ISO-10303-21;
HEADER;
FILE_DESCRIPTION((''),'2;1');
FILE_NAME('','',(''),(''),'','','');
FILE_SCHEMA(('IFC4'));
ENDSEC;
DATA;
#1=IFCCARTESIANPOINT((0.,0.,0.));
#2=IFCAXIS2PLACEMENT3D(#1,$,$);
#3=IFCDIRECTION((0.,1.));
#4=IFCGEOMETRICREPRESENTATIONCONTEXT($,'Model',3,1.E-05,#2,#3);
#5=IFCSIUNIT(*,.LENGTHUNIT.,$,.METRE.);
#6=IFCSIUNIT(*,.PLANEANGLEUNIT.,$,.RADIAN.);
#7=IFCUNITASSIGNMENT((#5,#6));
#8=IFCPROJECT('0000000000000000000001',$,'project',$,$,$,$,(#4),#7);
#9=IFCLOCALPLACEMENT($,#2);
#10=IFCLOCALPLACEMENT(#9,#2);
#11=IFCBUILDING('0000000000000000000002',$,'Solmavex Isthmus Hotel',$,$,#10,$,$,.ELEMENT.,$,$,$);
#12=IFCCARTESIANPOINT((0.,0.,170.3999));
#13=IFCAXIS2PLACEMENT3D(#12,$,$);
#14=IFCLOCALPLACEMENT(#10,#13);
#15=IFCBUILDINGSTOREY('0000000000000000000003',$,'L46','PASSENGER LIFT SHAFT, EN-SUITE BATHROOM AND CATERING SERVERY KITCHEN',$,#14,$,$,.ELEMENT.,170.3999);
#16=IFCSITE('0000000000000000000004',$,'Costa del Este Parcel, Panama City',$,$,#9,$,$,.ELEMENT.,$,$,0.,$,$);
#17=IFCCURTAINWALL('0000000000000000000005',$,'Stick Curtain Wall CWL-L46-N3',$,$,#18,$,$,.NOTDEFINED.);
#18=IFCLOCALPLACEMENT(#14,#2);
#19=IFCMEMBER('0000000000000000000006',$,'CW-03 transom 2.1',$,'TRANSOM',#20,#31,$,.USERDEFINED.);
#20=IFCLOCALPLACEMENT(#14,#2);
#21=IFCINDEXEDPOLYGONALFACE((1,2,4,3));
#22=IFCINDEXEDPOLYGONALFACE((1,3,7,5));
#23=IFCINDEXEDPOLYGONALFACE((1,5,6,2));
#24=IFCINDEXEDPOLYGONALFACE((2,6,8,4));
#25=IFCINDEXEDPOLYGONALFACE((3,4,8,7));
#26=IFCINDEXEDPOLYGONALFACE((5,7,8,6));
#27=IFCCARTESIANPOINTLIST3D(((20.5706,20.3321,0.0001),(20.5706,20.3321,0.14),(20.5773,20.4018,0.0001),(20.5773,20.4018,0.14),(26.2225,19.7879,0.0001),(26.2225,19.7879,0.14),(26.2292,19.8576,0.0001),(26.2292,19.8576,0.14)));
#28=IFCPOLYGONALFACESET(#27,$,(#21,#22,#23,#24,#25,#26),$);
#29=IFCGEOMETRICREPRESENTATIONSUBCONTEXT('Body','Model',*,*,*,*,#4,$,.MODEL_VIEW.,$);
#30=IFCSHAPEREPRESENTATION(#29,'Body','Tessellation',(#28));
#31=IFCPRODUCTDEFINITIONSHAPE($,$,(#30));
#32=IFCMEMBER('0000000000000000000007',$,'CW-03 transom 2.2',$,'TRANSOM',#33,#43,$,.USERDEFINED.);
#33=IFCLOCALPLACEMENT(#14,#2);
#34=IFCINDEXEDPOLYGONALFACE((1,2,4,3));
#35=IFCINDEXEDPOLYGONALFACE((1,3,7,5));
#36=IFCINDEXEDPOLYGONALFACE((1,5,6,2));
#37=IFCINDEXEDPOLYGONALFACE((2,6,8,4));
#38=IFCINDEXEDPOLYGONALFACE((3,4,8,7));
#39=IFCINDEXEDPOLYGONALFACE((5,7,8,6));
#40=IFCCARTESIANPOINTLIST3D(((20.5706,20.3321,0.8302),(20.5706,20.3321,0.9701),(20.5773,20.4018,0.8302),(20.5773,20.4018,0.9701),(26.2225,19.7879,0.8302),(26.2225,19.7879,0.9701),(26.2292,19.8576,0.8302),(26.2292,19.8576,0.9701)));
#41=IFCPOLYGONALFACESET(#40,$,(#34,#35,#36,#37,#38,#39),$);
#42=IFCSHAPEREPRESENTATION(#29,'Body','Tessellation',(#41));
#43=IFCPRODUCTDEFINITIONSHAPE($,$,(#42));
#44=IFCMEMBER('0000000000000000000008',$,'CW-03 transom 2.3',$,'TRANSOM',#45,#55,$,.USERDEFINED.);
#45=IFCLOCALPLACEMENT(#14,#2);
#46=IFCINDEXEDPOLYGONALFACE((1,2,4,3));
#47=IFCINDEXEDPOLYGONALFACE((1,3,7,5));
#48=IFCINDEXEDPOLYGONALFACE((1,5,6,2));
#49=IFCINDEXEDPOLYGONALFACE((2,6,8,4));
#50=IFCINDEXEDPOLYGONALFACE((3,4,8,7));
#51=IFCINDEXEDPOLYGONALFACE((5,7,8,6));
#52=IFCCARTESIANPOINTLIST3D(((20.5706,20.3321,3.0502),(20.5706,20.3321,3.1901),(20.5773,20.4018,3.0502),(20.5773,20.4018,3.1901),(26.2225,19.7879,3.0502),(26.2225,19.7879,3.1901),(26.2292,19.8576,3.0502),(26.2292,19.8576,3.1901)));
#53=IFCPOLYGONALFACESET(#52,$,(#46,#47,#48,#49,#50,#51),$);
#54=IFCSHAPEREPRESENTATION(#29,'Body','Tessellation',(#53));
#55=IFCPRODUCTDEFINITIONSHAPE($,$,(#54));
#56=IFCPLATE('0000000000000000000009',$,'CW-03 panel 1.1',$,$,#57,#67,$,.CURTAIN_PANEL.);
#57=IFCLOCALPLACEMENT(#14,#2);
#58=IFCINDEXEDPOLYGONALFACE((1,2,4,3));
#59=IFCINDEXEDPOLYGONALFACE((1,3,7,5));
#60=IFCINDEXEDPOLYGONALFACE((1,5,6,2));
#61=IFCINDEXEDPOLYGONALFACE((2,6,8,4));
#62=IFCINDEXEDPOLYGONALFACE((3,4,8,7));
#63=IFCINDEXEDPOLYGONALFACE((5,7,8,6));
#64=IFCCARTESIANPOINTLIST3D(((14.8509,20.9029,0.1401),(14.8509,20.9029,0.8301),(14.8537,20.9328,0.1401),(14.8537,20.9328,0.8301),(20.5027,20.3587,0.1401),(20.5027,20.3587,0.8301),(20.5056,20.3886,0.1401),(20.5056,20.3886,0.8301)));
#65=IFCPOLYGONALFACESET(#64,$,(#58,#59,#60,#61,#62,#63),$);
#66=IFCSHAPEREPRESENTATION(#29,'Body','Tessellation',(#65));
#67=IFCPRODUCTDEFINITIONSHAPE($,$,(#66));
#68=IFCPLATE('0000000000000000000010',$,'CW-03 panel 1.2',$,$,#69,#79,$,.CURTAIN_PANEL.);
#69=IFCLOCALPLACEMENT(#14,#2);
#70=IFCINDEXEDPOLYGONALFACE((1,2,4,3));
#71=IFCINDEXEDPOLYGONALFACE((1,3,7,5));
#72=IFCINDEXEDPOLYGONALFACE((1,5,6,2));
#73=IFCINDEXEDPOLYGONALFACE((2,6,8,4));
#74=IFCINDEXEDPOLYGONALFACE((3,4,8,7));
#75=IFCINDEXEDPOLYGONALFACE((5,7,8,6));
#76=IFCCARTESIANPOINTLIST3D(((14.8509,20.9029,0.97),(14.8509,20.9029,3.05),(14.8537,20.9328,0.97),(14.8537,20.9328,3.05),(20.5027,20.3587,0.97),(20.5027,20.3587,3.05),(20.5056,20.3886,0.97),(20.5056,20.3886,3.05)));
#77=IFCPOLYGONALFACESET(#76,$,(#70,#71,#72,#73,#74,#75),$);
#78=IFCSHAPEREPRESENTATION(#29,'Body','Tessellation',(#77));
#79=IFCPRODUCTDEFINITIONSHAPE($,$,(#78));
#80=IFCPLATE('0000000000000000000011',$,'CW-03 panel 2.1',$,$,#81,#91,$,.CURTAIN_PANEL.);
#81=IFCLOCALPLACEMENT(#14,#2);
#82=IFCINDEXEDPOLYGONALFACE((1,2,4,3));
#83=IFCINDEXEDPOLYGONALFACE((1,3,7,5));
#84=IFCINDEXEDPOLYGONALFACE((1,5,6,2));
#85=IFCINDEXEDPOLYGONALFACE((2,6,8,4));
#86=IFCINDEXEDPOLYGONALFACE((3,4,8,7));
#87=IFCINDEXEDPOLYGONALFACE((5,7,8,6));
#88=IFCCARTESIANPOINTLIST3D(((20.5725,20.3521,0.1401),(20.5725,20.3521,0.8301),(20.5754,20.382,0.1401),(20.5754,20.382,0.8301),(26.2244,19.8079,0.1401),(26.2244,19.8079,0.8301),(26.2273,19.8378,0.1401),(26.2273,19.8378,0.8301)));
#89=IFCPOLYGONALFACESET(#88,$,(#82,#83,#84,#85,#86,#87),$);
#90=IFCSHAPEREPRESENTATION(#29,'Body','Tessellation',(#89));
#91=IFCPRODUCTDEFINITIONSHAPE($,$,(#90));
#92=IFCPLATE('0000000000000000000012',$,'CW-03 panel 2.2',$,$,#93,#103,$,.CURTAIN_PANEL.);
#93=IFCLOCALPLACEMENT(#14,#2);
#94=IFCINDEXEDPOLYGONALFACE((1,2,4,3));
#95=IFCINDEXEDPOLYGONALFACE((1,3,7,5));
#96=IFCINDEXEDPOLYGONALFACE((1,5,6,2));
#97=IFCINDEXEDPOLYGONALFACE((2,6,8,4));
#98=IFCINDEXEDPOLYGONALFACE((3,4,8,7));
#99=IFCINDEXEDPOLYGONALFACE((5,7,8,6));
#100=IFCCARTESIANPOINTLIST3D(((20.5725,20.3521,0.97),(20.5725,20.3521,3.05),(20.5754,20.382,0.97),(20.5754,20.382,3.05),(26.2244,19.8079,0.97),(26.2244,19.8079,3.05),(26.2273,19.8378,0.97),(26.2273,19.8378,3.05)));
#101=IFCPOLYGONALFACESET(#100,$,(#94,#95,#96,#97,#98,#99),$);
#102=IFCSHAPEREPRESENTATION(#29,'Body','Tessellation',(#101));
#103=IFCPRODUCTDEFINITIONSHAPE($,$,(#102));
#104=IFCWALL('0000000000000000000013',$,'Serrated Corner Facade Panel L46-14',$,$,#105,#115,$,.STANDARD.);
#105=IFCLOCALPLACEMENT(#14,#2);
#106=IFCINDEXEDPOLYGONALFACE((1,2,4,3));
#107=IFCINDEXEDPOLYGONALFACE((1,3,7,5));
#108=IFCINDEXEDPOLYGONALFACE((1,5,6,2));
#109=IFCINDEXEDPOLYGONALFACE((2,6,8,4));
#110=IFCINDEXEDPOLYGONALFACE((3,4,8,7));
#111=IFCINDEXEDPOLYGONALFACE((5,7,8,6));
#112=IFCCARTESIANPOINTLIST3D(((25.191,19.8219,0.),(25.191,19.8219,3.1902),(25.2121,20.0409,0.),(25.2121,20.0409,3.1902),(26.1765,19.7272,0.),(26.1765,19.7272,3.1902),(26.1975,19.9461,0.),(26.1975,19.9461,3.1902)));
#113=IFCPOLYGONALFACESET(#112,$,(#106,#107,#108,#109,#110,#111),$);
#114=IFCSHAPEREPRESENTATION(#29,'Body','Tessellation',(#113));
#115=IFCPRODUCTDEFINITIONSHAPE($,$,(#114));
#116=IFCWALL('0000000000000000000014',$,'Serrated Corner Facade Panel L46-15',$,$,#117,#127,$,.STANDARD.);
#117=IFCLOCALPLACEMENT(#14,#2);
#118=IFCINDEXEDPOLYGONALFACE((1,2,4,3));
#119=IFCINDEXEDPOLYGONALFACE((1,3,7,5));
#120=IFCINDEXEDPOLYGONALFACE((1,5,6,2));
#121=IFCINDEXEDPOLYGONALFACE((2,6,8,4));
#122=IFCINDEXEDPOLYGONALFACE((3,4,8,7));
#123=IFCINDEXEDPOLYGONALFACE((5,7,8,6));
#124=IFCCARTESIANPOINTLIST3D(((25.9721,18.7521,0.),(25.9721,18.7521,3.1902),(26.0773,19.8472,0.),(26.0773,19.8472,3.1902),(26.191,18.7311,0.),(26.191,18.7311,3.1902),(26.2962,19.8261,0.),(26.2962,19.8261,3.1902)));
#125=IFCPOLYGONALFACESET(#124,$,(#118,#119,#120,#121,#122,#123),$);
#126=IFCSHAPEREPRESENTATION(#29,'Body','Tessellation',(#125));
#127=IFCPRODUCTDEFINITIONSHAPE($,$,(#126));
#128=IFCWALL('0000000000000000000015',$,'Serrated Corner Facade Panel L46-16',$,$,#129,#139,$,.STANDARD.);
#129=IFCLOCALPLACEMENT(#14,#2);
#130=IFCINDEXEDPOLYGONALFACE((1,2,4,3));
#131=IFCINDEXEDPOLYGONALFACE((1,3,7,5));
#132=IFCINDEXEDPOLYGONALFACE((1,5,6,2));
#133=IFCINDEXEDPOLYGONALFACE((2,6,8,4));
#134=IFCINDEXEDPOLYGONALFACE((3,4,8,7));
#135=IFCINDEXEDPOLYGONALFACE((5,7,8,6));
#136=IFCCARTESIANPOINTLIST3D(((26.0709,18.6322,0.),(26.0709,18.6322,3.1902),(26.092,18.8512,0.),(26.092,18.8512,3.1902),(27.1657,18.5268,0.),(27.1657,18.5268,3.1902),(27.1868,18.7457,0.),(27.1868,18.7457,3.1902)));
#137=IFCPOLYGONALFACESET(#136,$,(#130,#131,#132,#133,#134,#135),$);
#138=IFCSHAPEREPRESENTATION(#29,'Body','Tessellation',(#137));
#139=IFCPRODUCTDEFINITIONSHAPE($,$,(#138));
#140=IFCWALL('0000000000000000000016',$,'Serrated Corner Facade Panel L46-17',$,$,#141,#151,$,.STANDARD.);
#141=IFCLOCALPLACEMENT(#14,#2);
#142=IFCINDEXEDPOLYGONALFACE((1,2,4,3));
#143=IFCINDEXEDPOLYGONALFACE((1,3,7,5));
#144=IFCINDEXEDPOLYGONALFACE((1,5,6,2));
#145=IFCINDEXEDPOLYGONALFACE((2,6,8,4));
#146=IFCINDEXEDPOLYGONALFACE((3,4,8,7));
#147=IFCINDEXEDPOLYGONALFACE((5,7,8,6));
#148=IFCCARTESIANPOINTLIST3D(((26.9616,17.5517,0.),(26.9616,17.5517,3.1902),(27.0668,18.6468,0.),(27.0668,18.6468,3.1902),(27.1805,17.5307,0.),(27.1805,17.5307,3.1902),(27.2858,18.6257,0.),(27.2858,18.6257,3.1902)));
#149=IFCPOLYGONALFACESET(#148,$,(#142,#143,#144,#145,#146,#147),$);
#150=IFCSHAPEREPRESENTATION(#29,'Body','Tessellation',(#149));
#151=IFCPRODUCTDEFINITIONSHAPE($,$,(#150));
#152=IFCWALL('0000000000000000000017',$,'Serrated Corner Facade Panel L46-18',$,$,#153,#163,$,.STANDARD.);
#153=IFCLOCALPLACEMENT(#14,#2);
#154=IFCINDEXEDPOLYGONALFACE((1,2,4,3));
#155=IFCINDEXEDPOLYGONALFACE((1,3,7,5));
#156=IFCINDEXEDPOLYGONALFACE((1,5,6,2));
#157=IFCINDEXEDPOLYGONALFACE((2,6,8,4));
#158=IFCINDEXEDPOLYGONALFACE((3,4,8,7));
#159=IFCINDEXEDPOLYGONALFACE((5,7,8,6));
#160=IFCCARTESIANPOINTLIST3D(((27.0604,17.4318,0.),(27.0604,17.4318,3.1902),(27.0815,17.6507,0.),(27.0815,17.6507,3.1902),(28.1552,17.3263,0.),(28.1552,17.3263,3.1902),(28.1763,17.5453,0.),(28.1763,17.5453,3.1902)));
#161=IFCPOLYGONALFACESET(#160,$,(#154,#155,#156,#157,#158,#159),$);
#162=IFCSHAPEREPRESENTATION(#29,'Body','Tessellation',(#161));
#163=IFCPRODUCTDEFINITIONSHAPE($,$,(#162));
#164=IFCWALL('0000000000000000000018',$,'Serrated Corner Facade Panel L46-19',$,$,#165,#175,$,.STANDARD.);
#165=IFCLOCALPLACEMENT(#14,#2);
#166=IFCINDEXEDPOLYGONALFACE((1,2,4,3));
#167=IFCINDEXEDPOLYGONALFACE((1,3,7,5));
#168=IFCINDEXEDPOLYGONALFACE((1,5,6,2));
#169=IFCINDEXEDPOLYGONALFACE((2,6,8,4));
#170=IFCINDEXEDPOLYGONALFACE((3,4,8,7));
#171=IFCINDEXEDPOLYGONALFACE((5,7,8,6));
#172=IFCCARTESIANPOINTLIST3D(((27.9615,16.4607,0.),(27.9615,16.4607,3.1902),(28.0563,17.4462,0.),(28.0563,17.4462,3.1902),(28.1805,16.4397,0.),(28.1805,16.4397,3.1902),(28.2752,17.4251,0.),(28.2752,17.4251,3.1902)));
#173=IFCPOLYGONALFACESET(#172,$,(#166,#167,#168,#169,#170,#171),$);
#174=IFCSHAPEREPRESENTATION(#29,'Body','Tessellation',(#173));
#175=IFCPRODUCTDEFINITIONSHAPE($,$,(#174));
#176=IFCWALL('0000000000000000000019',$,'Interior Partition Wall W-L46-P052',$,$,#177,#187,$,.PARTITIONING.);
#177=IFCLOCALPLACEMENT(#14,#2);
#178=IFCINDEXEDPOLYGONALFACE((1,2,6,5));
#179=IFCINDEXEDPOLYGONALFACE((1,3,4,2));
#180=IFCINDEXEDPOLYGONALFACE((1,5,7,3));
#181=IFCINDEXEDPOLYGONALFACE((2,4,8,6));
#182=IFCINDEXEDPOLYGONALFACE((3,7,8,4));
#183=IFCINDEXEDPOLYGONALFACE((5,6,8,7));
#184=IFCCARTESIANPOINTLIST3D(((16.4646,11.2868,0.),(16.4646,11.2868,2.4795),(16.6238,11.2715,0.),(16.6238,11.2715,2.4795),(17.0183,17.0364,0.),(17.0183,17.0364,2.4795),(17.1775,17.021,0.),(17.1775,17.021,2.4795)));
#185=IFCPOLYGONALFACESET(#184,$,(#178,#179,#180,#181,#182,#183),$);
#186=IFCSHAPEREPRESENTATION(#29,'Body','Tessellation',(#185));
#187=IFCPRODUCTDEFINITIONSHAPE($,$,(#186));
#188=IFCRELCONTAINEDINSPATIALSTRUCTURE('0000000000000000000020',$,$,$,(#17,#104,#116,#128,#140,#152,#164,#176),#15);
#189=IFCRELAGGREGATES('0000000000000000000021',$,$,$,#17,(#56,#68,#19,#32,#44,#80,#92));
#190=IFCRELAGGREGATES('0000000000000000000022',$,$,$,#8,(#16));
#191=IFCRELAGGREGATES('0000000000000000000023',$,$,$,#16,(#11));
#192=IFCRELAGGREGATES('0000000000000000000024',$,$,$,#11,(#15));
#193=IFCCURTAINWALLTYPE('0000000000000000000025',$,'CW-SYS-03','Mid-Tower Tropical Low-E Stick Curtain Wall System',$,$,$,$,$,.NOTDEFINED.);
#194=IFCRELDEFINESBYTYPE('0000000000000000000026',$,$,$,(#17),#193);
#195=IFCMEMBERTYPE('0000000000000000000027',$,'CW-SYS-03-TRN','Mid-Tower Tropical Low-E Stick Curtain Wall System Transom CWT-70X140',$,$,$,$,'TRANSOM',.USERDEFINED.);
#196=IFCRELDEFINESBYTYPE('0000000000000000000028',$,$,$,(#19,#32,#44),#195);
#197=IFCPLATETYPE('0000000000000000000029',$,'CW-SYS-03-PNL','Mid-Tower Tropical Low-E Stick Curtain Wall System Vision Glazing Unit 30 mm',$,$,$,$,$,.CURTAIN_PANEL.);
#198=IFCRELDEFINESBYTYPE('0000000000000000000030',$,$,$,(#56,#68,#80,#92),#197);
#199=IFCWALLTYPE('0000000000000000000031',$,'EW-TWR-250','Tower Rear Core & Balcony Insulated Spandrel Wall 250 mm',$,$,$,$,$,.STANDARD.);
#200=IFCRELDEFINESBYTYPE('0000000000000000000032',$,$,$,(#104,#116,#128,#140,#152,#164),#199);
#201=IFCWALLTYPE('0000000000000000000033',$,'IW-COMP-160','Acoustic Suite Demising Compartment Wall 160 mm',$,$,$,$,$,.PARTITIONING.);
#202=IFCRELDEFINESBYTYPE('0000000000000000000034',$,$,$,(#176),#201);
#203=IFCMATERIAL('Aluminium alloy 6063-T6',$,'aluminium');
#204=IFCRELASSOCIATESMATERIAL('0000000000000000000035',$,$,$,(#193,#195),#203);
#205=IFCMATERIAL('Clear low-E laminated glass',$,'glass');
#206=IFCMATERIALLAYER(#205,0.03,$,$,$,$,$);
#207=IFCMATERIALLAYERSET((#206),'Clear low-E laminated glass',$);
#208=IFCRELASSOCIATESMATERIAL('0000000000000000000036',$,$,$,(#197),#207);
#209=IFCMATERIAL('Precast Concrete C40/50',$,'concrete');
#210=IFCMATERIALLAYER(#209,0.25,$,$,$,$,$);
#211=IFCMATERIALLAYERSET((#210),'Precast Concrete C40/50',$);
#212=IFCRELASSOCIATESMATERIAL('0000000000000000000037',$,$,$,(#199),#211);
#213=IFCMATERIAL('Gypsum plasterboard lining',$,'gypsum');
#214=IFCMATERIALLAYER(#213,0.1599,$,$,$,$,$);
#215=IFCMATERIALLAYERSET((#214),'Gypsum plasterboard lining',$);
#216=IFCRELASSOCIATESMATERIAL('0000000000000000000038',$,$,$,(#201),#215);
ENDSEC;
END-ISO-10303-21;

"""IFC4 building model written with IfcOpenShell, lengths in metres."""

from ifc_helpers import new_model, si_unit, direction, frame, frame_2d, origin, origin_2d, place, context, subcontext, project, spatial, rectangle, extrude, material, layer, layer_set, material_profile, profile_set, type_object, element, aggregate, save


model = new_model("IFC4")

# Units and contexts
model_context = context("Model", 3, precision=1e-05, world=origin(), true_north=direction((0.0, 1.0)))
body_context = subcontext(model_context, "Body", "Model", "MODEL_VIEW")
ifc_project = project(units=[si_unit("LENGTHUNIT", "METRE"), si_unit("PLANEANGLEUNIT", "RADIAN")], contexts=[model_context])

# Site, building, storey
site_placement = place(None, origin())
site = spatial("IfcSite", under=ifc_project, at=site_placement, Name="Costa del Este Parcel, Panama City", CompositionType="ELEMENT", RefElevation=0.0)
building_placement = place(site_placement, origin())
building = spatial("IfcBuilding", under=site, at=building_placement, Name="Solmavex Isthmus Hotel", CompositionType="ELEMENT")
storey_placement = place(building_placement, frame((0.0, 0.0, 170.3999)))
storey = spatial("IfcBuildingStorey", under=building, at=storey_placement, Name="L46", Description="PASSENGER LIFT SHAFT, EN-SUITE BATHROOM AND CATERING SERVERY KITCHEN", CompositionType="ELEMENT", Elevation=170.3999)

# Curtain wall
ifc_material_1 = material(Name="Aluminium alloy 6063-T6", Category="aluminium")
curtain_wall_type = type_object("IfcCurtainWallType", Name="CW-SYS-03", Description="Mid-Tower Tropical Low-E Stick Curtain Wall System", PredefinedType="NOTDEFINED", material=ifc_material_1)
curtain_wall_1_placement = place(storey_placement, origin())
curtain_wall_1 = element("IfcCurtainWall", 1, at=curtain_wall_1_placement, inside=storey, type_object=curtain_wall_type, Name="Stick Curtain Wall CWL-L46-N3", PredefinedType="NOTDEFINED")

# Members
ifc_material_profile_1 = material_profile(ifc_material_1, rectangle(XDim=0.0701, YDim=0.1399, at=origin_2d()), Name="CWT-70X140")
ifc_profile_set_1 = profile_set([ifc_material_profile_1], Name="Aluminium alloy 6063-T6")
member_type_1 = type_object("IfcMemberType", Name="CW-SYS-03-TRN", Description="Mid-Tower Tropical Low-E Stick Curtain Wall System Transom CWT-70X140", ElementType="TRANSOM", PredefinedType="USERDEFINED", material=ifc_profile_set_1)
member_1_placement = place(storey_placement, frame((20.574, 20.3669, 0.0701), z_axis=(0.995397, -0.095842, 0.0), x_axis=(0.095842, 0.995397, 0.0)))
member_1 = element("IfcMember", 2, at=member_1_placement, type_object=member_type_1, Name="CW-03 transom 2.1", ObjectType="TRANSOM", PredefinedType="USERDEFINED", context=body_context, shape_type="SweptSolid", body=[
    extrude(rectangle(XDim=0.0701, YDim=0.1399, at=origin_2d()), origin(), (0.0, 0.0, 1.0), 5.678),
])
member_2_placement = place(storey_placement, frame((20.574, 20.3669, 0.9001), z_axis=(0.995397, -0.095842, 0.0), x_axis=(0.095842, 0.995397, 0.0)))
member_2 = element("IfcMember", 3, at=member_2_placement, type_object=member_type_1, Name="CW-03 transom 2.2", ObjectType="TRANSOM", PredefinedType="USERDEFINED", context=body_context, shape_type="SweptSolid", body=[
    extrude(rectangle(XDim=0.0701, YDim=0.1399, at=origin_2d()), origin(), (0.0, 0.0, 1.0), 5.678),
])
member_3_placement = place(storey_placement, frame((20.574, 20.3669, 3.1201), z_axis=(0.995397, -0.095842, 0.0), x_axis=(0.095842, 0.995397, 0.0)))
member_3 = element("IfcMember", 4, at=member_3_placement, type_object=member_type_1, Name="CW-03 transom 2.3", ObjectType="TRANSOM", PredefinedType="USERDEFINED", context=body_context, shape_type="SweptSolid", body=[
    extrude(rectangle(XDim=0.0701, YDim=0.1399, at=origin_2d()), origin(), (0.0, 0.0, 1.0), 5.678),
])

# Plates
ifc_material_2 = material(Name="Clear low-E laminated glass", Category="glass")
ifc_layer_1 = layer(ifc_material_2, 0.03)
ifc_layer_set_1 = layer_set([ifc_layer_1], Name="Clear low-E laminated glass")
plate_type = type_object("IfcPlateType", Name="CW-SYS-03-PNL", Description="Mid-Tower Tropical Low-E Stick Curtain Wall System Vision Glazing Unit 30 mm", PredefinedType="CURTAIN_PANEL", material=ifc_layer_set_1)
plate_1_placement = place(storey_placement, frame((17.6782, 20.6458, 0.1401), z_axis=(0.0, 0.0, 1.0), x_axis=(0.995396, -0.095846, 0.0)))
plate_1 = element("IfcPlate", 5, at=plate_1_placement, type_object=plate_type, Name="CW-03 panel 1.1", PredefinedType="CURTAIN_PANEL", context=body_context, shape_type="SweptSolid", body=[
    extrude(rectangle(XDim=5.678, YDim=0.03, at=origin_2d()), origin(), (0.0, 0.0, 1.0), 0.6899),
])
plate_2_placement = place(storey_placement, frame((17.6782, 20.6458, 0.97), z_axis=(0.0, 0.0, 1.0), x_axis=(0.995396, -0.095846, 0.0)))
plate_2 = element("IfcPlate", 6, at=plate_2_placement, type_object=plate_type, Name="CW-03 panel 1.2", PredefinedType="CURTAIN_PANEL", context=body_context, shape_type="SweptSolid", body=[
    extrude(rectangle(XDim=5.678, YDim=0.03, at=origin_2d()), origin(), (0.0, 0.0, 1.0), 2.0801),
])
plate_3_placement = place(storey_placement, frame((23.3999, 20.095, 0.1401), z_axis=(0.0, 0.0, 1.0), x_axis=(0.995396, -0.095846, 0.0)))
plate_3 = element("IfcPlate", 7, at=plate_3_placement, type_object=plate_type, Name="CW-03 panel 2.1", PredefinedType="CURTAIN_PANEL", context=body_context, shape_type="SweptSolid", body=[
    extrude(rectangle(XDim=5.678, YDim=0.03, at=origin_2d()), origin(), (0.0, 0.0, 1.0), 0.6899),
])
plate_4_placement = place(storey_placement, frame((23.3999, 20.095, 0.97), z_axis=(0.0, 0.0, 1.0), x_axis=(0.995396, -0.095846, 0.0)))
plate_4 = element("IfcPlate", 8, at=plate_4_placement, type_object=plate_type, Name="CW-03 panel 2.2", PredefinedType="CURTAIN_PANEL", context=body_context, shape_type="SweptSolid", body=[
    extrude(rectangle(XDim=5.678, YDim=0.03, at=origin_2d()), origin(), (0.0, 0.0, 1.0), 2.0801),
])
aggregate(curtain_wall_1, [plate_1, plate_2, member_1, member_2, member_3, plate_3, plate_4])

# Walls
ifc_material_3 = material(Name="Precast Concrete C40/50", Category="concrete")
ifc_layer_2 = layer(ifc_material_3, 0.25)
ifc_layer_set_2 = layer_set([ifc_layer_2], Name="Precast Concrete C40/50")
wall_type_1 = type_object("IfcWallType", Name="EW-TWR-250", Description="Tower Rear Core & Balcony Insulated Spandrel Wall 250 mm", PredefinedType="STANDARD", material=ifc_layer_set_2)
wall_1_placement = place(storey_placement, frame((25.2014, 19.9314, 0.0), z_axis=(0.0, 0.0, 1.0), x_axis=(0.995411, -0.095694, 0.0)))
element("IfcWall", 9, at=wall_1_placement, inside=storey, type_object=wall_type_1, Name="Serrated Corner Facade Panel L46-14", PredefinedType="STANDARD", context=body_context, shape_type="SweptSolid", body=[
    extrude(rectangle(XDim=0.99, YDim=0.22, at=frame_2d((0.4951, 0.0))), origin(), (0.0, 0.0, 1.0), 3.1902),
])
wall_2_placement = place(storey_placement, frame((26.1868, 19.8367, 0.0), z_axis=(0.0, 0.0, 1.0), x_axis=(-0.095657, -0.995414, 0.0)))
element("IfcWall", 10, at=wall_2_placement, inside=storey, type_object=wall_type_1, Name="Serrated Corner Facade Panel L46-15", PredefinedType="STANDARD", context=body_context, shape_type="SweptSolid", body=[
    extrude(rectangle(XDim=1.1001, YDim=0.22, at=frame_2d((0.55, 0.0))), origin(), (0.0, 0.0, 1.0), 3.1902),
])
wall_3_placement = place(storey_placement, frame((26.0815, 18.7417, 0.0), z_axis=(0.0, 0.0, 1.0), x_axis=(0.995391, -0.095899, 0.0)))
element("IfcWall", 11, at=wall_3_placement, inside=storey, type_object=wall_type_1, Name="Serrated Corner Facade Panel L46-16", PredefinedType="STANDARD", context=body_context, shape_type="SweptSolid", body=[
    extrude(rectangle(XDim=1.0999, YDim=0.22, at=frame_2d((0.5498, 0.0))), origin(), (0.0, 0.0, 1.0), 3.1902),
])
wall_4_placement = place(storey_placement, frame((27.1763, 18.6362, 0.0), z_axis=(0.0, 0.0, 1.0), x_axis=(-0.095657, -0.995414, 0.0)))
element("IfcWall", 12, at=wall_4_placement, inside=storey, type_object=wall_type_1, Name="Serrated Corner Facade Panel L46-17", PredefinedType="STANDARD", context=body_context, shape_type="SweptSolid", body=[
    extrude(rectangle(XDim=1.1001, YDim=0.22, at=frame_2d((0.55, 0.0))), origin(), (0.0, 0.0, 1.0), 3.1902),
])
wall_5_placement = place(storey_placement, frame((27.071, 17.5413, 0.0), z_axis=(0.0, 0.0, 1.0), x_axis=(0.995391, -0.095899, 0.0)))
element("IfcWall", 13, at=wall_5_placement, inside=storey, type_object=wall_type_1, Name="Serrated Corner Facade Panel L46-18", PredefinedType="STANDARD", context=body_context, shape_type="SweptSolid", body=[
    extrude(rectangle(XDim=1.0999, YDim=0.22, at=frame_2d((0.5498, 0.0))), origin(), (0.0, 0.0, 1.0), 3.1902),
])
wall_6_placement = place(storey_placement, frame((28.1658, 17.4358, 0.0), z_axis=(0.0, 0.0, 1.0), x_axis=(-0.095694, -0.995411, 0.0)))
element("IfcWall", 14, at=wall_6_placement, inside=storey, type_object=wall_type_1, Name="Serrated Corner Facade Panel L46-19", PredefinedType="STANDARD", context=body_context, shape_type="SweptSolid", body=[
    extrude(rectangle(XDim=0.99, YDim=0.22, at=frame_2d((0.4951, 0.0))), origin(), (0.0, 0.0, 1.0), 3.1902),
])
ifc_material_4 = material(Name="Gypsum plasterboard lining", Category="gypsum")
ifc_layer_3 = layer(ifc_material_4, 0.1599)
ifc_layer_set_3 = layer_set([ifc_layer_3], Name="Gypsum plasterboard lining")
wall_type_2 = type_object("IfcWallType", Name="IW-COMP-160", Description="Acoustic Suite Demising Compartment Wall 160 mm", PredefinedType="PARTITIONING", material=ifc_layer_set_3)
wall_7_placement = place(storey_placement, frame((17.0979, 17.0288, 0.0), z_axis=(0.0, 0.0, 1.0), x_axis=(-0.095862, -0.995395, 0.0)))
element("IfcWall", 15, at=wall_7_placement, inside=storey, type_object=wall_type_2, Name="Interior Partition Wall W-L46-P052", PredefinedType="PARTITIONING", context=body_context, shape_type="SweptSolid", body=[
    extrude(rectangle(XDim=5.7761, YDim=0.1599, at=frame_2d((2.8882, 0.0))), origin(), (0.0, 0.0, 1.0), 2.4795),
])

save(model, "model.ifc")
